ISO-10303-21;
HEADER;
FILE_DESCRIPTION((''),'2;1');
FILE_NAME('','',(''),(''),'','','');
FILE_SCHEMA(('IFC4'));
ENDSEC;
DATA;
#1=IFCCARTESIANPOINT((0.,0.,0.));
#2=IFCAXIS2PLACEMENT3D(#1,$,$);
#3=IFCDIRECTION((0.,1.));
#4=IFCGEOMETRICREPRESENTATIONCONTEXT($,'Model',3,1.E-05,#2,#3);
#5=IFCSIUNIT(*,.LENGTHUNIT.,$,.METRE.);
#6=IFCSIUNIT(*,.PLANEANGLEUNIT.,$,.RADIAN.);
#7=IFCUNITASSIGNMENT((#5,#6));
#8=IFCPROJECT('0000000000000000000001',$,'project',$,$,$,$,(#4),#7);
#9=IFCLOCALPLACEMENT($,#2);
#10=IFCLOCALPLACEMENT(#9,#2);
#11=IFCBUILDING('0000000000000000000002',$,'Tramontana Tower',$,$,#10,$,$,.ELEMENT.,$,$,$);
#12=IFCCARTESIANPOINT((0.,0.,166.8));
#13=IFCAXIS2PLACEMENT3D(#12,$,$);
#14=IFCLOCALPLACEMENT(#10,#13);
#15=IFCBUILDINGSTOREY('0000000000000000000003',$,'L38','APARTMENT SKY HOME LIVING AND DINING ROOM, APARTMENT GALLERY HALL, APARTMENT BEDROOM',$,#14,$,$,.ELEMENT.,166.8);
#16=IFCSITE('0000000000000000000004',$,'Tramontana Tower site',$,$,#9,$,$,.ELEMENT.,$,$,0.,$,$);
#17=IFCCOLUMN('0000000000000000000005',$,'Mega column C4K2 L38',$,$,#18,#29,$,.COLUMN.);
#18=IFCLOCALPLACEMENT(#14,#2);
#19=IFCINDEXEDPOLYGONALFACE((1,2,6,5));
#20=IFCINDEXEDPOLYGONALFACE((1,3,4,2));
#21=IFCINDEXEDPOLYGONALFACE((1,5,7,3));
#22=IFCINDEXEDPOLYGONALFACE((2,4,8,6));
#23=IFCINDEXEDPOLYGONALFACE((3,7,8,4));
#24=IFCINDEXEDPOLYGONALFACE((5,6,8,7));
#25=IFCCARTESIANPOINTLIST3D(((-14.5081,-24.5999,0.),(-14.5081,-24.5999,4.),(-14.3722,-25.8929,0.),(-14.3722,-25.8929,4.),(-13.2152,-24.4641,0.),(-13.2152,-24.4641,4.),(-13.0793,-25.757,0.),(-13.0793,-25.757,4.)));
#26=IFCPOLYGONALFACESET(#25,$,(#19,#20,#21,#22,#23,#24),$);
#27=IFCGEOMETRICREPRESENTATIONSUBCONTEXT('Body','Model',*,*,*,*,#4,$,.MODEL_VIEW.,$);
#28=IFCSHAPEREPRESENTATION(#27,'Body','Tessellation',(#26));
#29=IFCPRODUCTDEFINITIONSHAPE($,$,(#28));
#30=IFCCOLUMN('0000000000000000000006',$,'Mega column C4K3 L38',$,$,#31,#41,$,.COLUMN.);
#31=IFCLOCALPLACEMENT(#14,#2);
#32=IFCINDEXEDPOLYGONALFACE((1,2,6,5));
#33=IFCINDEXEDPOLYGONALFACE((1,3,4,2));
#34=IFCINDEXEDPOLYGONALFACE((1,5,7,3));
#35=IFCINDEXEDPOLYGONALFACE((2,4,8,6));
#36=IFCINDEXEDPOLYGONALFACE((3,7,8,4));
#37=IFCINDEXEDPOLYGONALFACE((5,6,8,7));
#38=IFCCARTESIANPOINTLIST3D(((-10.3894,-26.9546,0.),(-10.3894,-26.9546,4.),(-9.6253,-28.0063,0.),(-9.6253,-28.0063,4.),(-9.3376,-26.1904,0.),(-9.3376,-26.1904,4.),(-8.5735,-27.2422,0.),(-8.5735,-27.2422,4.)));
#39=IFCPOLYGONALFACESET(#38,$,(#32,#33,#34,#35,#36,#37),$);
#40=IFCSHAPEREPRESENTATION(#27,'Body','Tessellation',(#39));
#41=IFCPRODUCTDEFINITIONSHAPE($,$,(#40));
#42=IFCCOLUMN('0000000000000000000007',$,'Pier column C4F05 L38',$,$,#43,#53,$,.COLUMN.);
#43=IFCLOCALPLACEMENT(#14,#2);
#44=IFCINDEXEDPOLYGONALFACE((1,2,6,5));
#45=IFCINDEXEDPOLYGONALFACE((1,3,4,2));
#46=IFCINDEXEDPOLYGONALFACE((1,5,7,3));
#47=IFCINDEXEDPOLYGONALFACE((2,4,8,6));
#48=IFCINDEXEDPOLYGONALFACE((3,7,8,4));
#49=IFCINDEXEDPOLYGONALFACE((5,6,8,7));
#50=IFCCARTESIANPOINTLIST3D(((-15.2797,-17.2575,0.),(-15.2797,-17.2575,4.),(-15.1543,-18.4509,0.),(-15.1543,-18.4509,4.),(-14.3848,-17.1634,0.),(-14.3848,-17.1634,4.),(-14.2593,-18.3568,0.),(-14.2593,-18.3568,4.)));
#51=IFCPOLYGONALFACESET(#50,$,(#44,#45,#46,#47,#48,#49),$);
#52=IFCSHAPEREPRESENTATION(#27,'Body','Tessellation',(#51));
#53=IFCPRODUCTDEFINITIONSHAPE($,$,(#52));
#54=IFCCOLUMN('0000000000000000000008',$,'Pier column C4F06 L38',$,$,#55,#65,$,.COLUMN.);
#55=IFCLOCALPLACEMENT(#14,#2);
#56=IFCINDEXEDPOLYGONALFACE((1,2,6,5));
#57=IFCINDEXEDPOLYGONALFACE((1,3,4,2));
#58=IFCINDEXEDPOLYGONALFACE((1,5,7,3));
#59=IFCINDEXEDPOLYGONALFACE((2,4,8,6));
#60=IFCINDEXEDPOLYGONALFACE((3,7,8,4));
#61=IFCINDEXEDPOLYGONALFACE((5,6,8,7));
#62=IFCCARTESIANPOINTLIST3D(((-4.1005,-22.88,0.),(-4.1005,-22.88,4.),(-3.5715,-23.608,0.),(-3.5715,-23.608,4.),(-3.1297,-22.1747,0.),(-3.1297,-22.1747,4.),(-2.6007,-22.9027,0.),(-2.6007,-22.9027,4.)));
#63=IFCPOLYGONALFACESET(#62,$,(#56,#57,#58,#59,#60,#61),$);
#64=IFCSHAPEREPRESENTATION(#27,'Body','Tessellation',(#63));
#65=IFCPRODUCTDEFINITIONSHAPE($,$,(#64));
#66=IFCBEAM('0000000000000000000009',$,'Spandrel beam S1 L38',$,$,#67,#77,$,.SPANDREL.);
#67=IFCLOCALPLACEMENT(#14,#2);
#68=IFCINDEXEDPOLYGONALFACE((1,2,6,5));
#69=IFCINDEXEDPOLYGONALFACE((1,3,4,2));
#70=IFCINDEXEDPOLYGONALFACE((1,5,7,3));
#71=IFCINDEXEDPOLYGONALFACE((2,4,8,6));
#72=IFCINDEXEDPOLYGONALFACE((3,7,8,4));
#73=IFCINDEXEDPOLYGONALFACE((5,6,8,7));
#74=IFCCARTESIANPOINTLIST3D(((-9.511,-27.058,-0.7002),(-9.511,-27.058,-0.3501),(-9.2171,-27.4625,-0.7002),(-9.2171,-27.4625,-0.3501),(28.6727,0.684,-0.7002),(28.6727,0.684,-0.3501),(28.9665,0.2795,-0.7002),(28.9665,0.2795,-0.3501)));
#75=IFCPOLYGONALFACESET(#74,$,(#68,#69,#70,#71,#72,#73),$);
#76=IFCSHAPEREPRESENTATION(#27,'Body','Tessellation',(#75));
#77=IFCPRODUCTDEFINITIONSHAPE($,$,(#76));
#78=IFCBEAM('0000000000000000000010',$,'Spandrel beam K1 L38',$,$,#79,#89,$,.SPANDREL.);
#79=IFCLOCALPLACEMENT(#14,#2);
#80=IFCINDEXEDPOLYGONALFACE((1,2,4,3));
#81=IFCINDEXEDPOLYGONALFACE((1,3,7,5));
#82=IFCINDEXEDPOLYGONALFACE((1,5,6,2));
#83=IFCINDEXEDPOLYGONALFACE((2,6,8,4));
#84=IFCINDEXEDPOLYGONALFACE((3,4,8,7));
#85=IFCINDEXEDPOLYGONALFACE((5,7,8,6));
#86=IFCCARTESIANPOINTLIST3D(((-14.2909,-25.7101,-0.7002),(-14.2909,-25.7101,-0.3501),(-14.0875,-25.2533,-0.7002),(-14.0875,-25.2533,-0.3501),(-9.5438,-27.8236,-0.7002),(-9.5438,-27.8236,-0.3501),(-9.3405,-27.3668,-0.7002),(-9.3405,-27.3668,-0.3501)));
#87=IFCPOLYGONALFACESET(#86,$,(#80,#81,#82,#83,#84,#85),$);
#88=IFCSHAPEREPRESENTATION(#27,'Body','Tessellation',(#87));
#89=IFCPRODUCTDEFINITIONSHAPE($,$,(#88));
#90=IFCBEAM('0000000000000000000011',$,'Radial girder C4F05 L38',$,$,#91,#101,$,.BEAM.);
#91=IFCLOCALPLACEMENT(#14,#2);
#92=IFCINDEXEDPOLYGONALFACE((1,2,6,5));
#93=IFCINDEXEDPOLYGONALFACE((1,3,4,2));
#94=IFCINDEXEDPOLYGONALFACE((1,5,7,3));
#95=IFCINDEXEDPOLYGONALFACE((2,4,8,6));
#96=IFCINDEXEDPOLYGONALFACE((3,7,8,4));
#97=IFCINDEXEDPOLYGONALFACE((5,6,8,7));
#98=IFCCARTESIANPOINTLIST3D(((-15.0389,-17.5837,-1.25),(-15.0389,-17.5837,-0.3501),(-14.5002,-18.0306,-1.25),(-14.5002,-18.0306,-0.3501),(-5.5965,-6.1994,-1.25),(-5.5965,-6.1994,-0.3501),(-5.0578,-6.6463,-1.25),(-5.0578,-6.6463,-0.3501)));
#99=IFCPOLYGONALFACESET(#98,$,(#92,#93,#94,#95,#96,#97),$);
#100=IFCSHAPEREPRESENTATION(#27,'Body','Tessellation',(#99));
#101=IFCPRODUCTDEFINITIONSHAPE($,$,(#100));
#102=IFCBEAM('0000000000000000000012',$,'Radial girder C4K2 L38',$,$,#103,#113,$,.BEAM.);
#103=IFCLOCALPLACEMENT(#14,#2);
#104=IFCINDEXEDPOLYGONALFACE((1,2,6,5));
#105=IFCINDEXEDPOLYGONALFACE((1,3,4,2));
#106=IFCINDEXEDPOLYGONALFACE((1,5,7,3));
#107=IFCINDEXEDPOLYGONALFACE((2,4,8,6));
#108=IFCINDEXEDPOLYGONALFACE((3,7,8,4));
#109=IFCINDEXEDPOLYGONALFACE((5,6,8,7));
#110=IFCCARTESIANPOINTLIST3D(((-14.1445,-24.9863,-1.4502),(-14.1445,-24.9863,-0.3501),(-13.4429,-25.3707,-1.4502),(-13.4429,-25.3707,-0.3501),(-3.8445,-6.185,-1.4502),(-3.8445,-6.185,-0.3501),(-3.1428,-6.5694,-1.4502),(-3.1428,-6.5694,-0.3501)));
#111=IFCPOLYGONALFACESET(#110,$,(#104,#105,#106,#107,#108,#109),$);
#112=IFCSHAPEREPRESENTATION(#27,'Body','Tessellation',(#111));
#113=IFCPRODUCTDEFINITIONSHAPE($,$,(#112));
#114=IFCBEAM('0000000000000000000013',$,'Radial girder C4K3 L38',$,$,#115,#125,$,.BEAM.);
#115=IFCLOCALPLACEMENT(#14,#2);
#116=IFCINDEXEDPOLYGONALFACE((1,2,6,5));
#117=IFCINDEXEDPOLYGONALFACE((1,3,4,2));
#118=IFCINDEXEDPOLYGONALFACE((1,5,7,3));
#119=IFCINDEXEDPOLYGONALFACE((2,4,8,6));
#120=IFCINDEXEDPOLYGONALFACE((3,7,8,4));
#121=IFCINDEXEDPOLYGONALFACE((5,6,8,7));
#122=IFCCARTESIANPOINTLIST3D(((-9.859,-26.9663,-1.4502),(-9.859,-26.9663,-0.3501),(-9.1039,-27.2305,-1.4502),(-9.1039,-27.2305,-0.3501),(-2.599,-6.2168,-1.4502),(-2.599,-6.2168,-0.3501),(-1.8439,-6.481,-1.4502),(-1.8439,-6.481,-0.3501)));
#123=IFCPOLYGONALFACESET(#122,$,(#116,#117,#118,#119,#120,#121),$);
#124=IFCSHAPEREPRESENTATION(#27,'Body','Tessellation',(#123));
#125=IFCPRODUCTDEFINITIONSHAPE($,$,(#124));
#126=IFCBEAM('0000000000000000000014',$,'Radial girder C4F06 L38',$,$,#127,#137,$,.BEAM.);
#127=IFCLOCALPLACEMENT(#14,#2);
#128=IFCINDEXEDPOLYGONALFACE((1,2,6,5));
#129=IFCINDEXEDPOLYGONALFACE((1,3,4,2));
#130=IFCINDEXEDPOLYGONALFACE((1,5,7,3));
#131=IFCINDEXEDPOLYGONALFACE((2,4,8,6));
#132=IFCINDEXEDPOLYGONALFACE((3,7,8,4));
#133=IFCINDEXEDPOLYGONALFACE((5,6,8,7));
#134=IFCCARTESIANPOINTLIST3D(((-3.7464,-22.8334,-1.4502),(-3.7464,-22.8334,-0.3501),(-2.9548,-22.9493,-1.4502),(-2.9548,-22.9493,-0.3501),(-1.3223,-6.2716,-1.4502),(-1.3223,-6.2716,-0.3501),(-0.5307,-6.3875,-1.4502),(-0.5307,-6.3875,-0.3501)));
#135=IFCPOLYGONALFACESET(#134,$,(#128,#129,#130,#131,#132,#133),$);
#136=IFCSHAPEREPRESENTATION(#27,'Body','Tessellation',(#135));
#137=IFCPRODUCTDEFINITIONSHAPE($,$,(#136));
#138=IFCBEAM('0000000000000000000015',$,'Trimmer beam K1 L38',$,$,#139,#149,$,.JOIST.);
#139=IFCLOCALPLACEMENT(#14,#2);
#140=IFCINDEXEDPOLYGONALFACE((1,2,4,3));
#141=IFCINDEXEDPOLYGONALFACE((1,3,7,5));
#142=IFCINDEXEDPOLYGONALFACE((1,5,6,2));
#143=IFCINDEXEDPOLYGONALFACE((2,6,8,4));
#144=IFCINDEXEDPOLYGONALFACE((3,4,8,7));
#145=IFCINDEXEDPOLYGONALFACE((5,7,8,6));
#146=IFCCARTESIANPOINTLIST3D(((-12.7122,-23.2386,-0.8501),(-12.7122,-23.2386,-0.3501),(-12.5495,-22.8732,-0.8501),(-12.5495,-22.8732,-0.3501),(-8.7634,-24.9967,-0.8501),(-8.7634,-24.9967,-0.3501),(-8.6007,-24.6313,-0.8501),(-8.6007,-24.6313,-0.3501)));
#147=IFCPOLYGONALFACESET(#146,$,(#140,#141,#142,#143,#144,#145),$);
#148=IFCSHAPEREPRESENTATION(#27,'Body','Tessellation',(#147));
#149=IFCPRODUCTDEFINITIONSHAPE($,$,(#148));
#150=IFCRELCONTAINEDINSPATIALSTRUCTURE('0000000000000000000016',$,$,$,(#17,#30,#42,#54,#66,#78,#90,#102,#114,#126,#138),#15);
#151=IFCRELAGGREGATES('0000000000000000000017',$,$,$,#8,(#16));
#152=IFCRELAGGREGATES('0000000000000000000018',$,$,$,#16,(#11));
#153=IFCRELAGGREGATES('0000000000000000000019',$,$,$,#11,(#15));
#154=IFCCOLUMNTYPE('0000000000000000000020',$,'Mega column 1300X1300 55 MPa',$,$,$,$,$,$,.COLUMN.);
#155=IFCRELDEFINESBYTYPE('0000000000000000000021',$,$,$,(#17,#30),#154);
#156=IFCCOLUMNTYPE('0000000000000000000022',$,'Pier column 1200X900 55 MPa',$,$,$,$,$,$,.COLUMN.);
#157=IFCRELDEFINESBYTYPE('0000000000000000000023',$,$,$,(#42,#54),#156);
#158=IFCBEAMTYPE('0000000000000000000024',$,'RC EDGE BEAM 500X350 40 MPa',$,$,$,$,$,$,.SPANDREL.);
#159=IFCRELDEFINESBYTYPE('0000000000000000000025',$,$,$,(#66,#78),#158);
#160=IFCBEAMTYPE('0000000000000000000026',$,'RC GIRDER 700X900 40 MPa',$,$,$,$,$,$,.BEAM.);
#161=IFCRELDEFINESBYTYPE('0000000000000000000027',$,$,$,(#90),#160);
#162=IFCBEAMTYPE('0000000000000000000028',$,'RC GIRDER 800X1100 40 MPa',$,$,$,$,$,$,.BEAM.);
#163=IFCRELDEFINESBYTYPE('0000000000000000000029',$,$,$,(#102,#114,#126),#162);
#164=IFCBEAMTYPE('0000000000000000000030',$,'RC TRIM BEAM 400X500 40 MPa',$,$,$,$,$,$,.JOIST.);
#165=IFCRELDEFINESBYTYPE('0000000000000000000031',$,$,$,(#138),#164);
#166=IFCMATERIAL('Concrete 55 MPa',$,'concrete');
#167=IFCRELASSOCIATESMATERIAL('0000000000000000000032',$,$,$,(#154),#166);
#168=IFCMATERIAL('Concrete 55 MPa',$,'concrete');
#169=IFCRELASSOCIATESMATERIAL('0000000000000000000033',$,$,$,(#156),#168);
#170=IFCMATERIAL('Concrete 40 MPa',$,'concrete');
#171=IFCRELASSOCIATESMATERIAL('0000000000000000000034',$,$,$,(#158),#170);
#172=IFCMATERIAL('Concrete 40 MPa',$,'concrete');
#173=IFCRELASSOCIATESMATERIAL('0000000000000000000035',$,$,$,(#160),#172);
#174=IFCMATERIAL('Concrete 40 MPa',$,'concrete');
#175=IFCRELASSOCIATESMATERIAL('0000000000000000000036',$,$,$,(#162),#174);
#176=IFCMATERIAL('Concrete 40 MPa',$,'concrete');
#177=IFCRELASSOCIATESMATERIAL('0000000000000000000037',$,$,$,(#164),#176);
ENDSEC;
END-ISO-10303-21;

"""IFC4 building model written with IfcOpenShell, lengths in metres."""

from ifc_helpers import new_model, si_unit, direction, frame, origin, origin_2d, place, context, subcontext, project, spatial, rectangle, extrude, material, material_profile, profile_set, type_object, element, save


model = new_model("IFC4")

# Units and contexts
model_context = context("Model", 3, precision=1e-05, world=origin(), true_north=direction((0.0, 1.0)))
body_context = subcontext(model_context, "Body", "Model", "MODEL_VIEW")
ifc_project = project(units=[si_unit("LENGTHUNIT", "METRE"), si_unit("PLANEANGLEUNIT", "RADIAN")], contexts=[model_context])

# Site, building, storey
site_placement = place(None, origin())
site = spatial("IfcSite", under=ifc_project, at=site_placement, Name="Tramontana Tower site", CompositionType="ELEMENT", RefElevation=0.0)
building_placement = place(site_placement, origin())
building = spatial("IfcBuilding", under=site, at=building_placement, Name="Tramontana Tower", CompositionType="ELEMENT")
storey_placement = place(building_placement, frame((0.0, 0.0, 166.8)))
storey = spatial("IfcBuildingStorey", under=building, at=storey_placement, Name="L38", Description="APARTMENT SKY HOME LIVING AND DINING ROOM, APARTMENT GALLERY HALL, APARTMENT BEDROOM", CompositionType="ELEMENT", Elevation=166.8)

# Columns
ifc_material_1 = material(Name="Concrete 55 MPa", Category="concrete")
ifc_material_profile_1 = material_profile(ifc_material_1, rectangle(XDim=1.3, YDim=1.3, at=origin_2d()), Name="Mega column 1300X1300 55 MPa")
ifc_profile_set_1 = profile_set([ifc_material_profile_1], Name="Concrete 55 MPa")
column_type_1 = type_object("IfcColumnType", Name="Mega column 1300X1300 55 MPa", PredefinedType="COLUMN", material=ifc_profile_set_1)
for number, where, z_axis, x_axis, name in (
    (1, (-13.7937, -25.1785, 0.0), (0.0, 0.0, 1.0), (0.104528, -0.994522, 0.0), "Mega column C4K2 L38"),
    (2, (-9.4814, -27.0984, 0.0), (0.0, 0.0, 1.0), (0.809017, 0.587785, 0.0), "Mega column C4K3 L38"),
):
    element("IfcColumn", number, at=place(storey_placement, frame(where, z_axis=z_axis, x_axis=x_axis)), inside=storey, type_object=column_type_1, Name=name, PredefinedType="COLUMN", context=body_context, shape_type="SweptSolid", body=[
        extrude(rectangle(XDim=1.3, YDim=1.3, at=origin_2d()), origin(), (0.0, 0.0, 1.0), 4.0),
    ])
ifc_material_2 = material(Name="Concrete 55 MPa", Category="concrete")
ifc_material_profile_2 = material_profile(ifc_material_2, rectangle(XDim=1.2, YDim=0.8999, at=origin_2d()), Name="Pier column 1200X900 55 MPa")
ifc_profile_set_2 = profile_set([ifc_material_profile_2], Name="Concrete 55 MPa")
column_type_2 = type_object("IfcColumnType", Name="Pier column 1200X900 55 MPa", PredefinedType="COLUMN", material=ifc_profile_set_2)
for number, where, z_axis, x_axis, name in (
    (3, (-14.7695, -17.8071, 0.0), (0.0, 0.0, 1.0), (0.104528, -0.994522, 0.0), "Pier column C4F05 L38"),
    (4, (-3.3506, -22.8914, 0.0), (0.0, 0.0, 1.0), (0.809017, 0.587785, 0.0), "Pier column C4F06 L38"),
):
    element("IfcColumn", number, at=place(storey_placement, frame(where, z_axis=z_axis, x_axis=x_axis)), inside=storey, type_object=column_type_2, Name=name, PredefinedType="COLUMN", context=body_context, shape_type="SweptSolid", body=[
        extrude(rectangle(XDim=1.2, YDim=0.8999, at=origin_2d()), origin(), (0.0, 0.0, 1.0), 4.0),
    ])

# Beams
ifc_material_3 = material(Name="Concrete 40 MPa", Category="concrete")
ifc_material_profile_3 = material_profile(ifc_material_3, rectangle(XDim=0.5, YDim=0.3501, at=origin_2d()), Name="RC EDGE BEAM 500X350 40 MPa")
ifc_profile_set_3 = profile_set([ifc_material_profile_3], Name="Concrete 40 MPa")
beam_type_1 = type_object("IfcBeamType", Name="RC EDGE BEAM 500X350 40 MPa", PredefinedType="SPANDREL", material=ifc_profile_set_3)
beam_1_placement = place(storey_placement, frame((-9.364, -27.2603, -0.5251), z_axis=(0.809018, 0.587784, 0.0), x_axis=(-0.587784, 0.809018, 0.0)))
element("IfcBeam", 5, at=beam_1_placement, inside=storey, type_object=beam_type_1, Name="Spandrel beam S1 L38", PredefinedType="SPANDREL", context=body_context, shape_type="SweptSolid", body=[
    extrude(rectangle(XDim=0.5, YDim=0.3501, at=origin_2d()), origin(), (0.0, 0.0, 1.0), 47.1975),
])
beam_2_placement = place(storey_placement, frame((-14.1892, -25.4817, -0.5251), z_axis=(0.913546, -0.406736, 0.0), x_axis=(0.406736, 0.913546, 0.0)))
element("IfcBeam", 6, at=beam_2_placement, inside=storey, type_object=beam_type_1, Name="Spandrel beam K1 L38", PredefinedType="SPANDREL", context=body_context, shape_type="SweptSolid", body=[
    extrude(rectangle(XDim=0.5, YDim=0.3501, at=origin_2d()), origin(), (0.0, 0.0, 1.0), 5.1963),
])
ifc_material_4 = material(Name="Concrete 40 MPa", Category="concrete")
ifc_material_profile_4 = material_profile(ifc_material_4, rectangle(XDim=0.7, YDim=0.8999, at=origin_2d()), Name="RC GIRDER 700X900 40 MPa")
ifc_profile_set_4 = profile_set([ifc_material_profile_4], Name="Concrete 40 MPa")
beam_type_2 = type_object("IfcBeamType", Name="RC GIRDER 700X900 40 MPa", PredefinedType="BEAM", material=ifc_profile_set_4)
beam_3_placement = place(storey_placement, frame((-14.7695, -17.8071, -0.8), z_axis=(0.638406, 0.769699, 0.0), x_axis=(-0.769699, 0.638406, 0.0)))
element("IfcBeam", 7, at=beam_3_placement, inside=storey, type_object=beam_type_2, Name="Radial girder C4F05 L38", PredefinedType="BEAM", context=body_context, shape_type="SweptSolid", body=[
    extrude(rectangle(XDim=0.7, YDim=0.8999, at=origin_2d()), origin(), (0.0, 0.0, 1.0), 14.7905),
])
ifc_material_5 = material(Name="Concrete 40 MPa", Category="concrete")
ifc_material_profile_5 = material_profile(ifc_material_5, rectangle(XDim=0.8, YDim=1.1001, at=origin_2d()), Name="RC GIRDER 800X1100 40 MPa")
ifc_profile_set_5 = profile_set([ifc_material_profile_5], Name="Concrete 40 MPa")
beam_type_3 = type_object("IfcBeamType", Name="RC GIRDER 800X1100 40 MPa", PredefinedType="BEAM", material=ifc_profile_set_5)
beam_4_placement = place(storey_placement, frame((-13.7937, -25.1785, -0.9001), z_axis=(0.480462, 0.877015, 0.0), x_axis=(-0.877015, 0.480462, 0.0)))
element("IfcBeam", 8, at=beam_4_placement, inside=storey, type_object=beam_type_3, Name="Radial girder C4K2 L38", PredefinedType="BEAM", context=body_context, shape_type="SweptSolid", body=[
    extrude(rectangle(XDim=0.8, YDim=1.1001, at=origin_2d()), origin(), (0.0, 0.0, 1.0), 21.4377),
])
beam_5_placement = place(storey_placement, frame((-9.4814, -27.0984, -0.9001), z_axis=(0.330256, 0.943891, 0.0), x_axis=(-0.943891, 0.330256, 0.0)))
element("IfcBeam", 9, at=beam_5_placement, inside=storey, type_object=beam_type_3, Name="Radial girder C4K3 L38", PredefinedType="BEAM", context=body_context, shape_type="SweptSolid", body=[
    extrude(rectangle(XDim=0.8, YDim=1.1001, at=origin_2d()), origin(), (0.0, 0.0, 1.0), 21.9829),
])
beam_6_placement = place(storey_placement, frame((-3.3506, -22.8914, -0.9001), z_axis=(0.144823, 0.989458, 0.0), x_axis=(-0.989458, 0.144823, 0.0)))
element("IfcBeam", 10, at=beam_6_placement, inside=storey, type_object=beam_type_3, Name="Radial girder C4F06 L38", PredefinedType="BEAM", context=body_context, shape_type="SweptSolid", body=[
    extrude(rectangle(XDim=0.8, YDim=1.1001, at=origin_2d()), origin(), (0.0, 0.0, 1.0), 16.7383),
])
ifc_material_6 = material(Name="Concrete 40 MPa", Category="concrete")
ifc_material_profile_6 = material_profile(ifc_material_6, rectangle(XDim=0.3999, YDim=0.5, at=origin_2d()), Name="RC TRIM BEAM 400X500 40 MPa")
ifc_profile_set_6 = profile_set([ifc_material_profile_6], Name="Concrete 40 MPa")
beam_type_4 = type_object("IfcBeamType", Name="RC TRIM BEAM 400X500 40 MPa", PredefinedType="JOIST", material=ifc_profile_set_6)
beam_7_placement = place(storey_placement, frame((-12.6309, -23.0559, -0.6001), z_axis=(0.913548, -0.406731, 0.0), x_axis=(0.406731, 0.913548, 0.0)))
element("IfcBeam", 11, at=beam_7_placement, inside=storey, type_object=beam_type_4, Name="Trimmer beam K1 L38", PredefinedType="JOIST", context=body_context, shape_type="SweptSolid", body=[
    extrude(rectangle(XDim=0.3999, YDim=0.5, at=origin_2d()), origin(), (0.0, 0.0, 1.0), 4.3225),
])

save(model, "model.ifc")
